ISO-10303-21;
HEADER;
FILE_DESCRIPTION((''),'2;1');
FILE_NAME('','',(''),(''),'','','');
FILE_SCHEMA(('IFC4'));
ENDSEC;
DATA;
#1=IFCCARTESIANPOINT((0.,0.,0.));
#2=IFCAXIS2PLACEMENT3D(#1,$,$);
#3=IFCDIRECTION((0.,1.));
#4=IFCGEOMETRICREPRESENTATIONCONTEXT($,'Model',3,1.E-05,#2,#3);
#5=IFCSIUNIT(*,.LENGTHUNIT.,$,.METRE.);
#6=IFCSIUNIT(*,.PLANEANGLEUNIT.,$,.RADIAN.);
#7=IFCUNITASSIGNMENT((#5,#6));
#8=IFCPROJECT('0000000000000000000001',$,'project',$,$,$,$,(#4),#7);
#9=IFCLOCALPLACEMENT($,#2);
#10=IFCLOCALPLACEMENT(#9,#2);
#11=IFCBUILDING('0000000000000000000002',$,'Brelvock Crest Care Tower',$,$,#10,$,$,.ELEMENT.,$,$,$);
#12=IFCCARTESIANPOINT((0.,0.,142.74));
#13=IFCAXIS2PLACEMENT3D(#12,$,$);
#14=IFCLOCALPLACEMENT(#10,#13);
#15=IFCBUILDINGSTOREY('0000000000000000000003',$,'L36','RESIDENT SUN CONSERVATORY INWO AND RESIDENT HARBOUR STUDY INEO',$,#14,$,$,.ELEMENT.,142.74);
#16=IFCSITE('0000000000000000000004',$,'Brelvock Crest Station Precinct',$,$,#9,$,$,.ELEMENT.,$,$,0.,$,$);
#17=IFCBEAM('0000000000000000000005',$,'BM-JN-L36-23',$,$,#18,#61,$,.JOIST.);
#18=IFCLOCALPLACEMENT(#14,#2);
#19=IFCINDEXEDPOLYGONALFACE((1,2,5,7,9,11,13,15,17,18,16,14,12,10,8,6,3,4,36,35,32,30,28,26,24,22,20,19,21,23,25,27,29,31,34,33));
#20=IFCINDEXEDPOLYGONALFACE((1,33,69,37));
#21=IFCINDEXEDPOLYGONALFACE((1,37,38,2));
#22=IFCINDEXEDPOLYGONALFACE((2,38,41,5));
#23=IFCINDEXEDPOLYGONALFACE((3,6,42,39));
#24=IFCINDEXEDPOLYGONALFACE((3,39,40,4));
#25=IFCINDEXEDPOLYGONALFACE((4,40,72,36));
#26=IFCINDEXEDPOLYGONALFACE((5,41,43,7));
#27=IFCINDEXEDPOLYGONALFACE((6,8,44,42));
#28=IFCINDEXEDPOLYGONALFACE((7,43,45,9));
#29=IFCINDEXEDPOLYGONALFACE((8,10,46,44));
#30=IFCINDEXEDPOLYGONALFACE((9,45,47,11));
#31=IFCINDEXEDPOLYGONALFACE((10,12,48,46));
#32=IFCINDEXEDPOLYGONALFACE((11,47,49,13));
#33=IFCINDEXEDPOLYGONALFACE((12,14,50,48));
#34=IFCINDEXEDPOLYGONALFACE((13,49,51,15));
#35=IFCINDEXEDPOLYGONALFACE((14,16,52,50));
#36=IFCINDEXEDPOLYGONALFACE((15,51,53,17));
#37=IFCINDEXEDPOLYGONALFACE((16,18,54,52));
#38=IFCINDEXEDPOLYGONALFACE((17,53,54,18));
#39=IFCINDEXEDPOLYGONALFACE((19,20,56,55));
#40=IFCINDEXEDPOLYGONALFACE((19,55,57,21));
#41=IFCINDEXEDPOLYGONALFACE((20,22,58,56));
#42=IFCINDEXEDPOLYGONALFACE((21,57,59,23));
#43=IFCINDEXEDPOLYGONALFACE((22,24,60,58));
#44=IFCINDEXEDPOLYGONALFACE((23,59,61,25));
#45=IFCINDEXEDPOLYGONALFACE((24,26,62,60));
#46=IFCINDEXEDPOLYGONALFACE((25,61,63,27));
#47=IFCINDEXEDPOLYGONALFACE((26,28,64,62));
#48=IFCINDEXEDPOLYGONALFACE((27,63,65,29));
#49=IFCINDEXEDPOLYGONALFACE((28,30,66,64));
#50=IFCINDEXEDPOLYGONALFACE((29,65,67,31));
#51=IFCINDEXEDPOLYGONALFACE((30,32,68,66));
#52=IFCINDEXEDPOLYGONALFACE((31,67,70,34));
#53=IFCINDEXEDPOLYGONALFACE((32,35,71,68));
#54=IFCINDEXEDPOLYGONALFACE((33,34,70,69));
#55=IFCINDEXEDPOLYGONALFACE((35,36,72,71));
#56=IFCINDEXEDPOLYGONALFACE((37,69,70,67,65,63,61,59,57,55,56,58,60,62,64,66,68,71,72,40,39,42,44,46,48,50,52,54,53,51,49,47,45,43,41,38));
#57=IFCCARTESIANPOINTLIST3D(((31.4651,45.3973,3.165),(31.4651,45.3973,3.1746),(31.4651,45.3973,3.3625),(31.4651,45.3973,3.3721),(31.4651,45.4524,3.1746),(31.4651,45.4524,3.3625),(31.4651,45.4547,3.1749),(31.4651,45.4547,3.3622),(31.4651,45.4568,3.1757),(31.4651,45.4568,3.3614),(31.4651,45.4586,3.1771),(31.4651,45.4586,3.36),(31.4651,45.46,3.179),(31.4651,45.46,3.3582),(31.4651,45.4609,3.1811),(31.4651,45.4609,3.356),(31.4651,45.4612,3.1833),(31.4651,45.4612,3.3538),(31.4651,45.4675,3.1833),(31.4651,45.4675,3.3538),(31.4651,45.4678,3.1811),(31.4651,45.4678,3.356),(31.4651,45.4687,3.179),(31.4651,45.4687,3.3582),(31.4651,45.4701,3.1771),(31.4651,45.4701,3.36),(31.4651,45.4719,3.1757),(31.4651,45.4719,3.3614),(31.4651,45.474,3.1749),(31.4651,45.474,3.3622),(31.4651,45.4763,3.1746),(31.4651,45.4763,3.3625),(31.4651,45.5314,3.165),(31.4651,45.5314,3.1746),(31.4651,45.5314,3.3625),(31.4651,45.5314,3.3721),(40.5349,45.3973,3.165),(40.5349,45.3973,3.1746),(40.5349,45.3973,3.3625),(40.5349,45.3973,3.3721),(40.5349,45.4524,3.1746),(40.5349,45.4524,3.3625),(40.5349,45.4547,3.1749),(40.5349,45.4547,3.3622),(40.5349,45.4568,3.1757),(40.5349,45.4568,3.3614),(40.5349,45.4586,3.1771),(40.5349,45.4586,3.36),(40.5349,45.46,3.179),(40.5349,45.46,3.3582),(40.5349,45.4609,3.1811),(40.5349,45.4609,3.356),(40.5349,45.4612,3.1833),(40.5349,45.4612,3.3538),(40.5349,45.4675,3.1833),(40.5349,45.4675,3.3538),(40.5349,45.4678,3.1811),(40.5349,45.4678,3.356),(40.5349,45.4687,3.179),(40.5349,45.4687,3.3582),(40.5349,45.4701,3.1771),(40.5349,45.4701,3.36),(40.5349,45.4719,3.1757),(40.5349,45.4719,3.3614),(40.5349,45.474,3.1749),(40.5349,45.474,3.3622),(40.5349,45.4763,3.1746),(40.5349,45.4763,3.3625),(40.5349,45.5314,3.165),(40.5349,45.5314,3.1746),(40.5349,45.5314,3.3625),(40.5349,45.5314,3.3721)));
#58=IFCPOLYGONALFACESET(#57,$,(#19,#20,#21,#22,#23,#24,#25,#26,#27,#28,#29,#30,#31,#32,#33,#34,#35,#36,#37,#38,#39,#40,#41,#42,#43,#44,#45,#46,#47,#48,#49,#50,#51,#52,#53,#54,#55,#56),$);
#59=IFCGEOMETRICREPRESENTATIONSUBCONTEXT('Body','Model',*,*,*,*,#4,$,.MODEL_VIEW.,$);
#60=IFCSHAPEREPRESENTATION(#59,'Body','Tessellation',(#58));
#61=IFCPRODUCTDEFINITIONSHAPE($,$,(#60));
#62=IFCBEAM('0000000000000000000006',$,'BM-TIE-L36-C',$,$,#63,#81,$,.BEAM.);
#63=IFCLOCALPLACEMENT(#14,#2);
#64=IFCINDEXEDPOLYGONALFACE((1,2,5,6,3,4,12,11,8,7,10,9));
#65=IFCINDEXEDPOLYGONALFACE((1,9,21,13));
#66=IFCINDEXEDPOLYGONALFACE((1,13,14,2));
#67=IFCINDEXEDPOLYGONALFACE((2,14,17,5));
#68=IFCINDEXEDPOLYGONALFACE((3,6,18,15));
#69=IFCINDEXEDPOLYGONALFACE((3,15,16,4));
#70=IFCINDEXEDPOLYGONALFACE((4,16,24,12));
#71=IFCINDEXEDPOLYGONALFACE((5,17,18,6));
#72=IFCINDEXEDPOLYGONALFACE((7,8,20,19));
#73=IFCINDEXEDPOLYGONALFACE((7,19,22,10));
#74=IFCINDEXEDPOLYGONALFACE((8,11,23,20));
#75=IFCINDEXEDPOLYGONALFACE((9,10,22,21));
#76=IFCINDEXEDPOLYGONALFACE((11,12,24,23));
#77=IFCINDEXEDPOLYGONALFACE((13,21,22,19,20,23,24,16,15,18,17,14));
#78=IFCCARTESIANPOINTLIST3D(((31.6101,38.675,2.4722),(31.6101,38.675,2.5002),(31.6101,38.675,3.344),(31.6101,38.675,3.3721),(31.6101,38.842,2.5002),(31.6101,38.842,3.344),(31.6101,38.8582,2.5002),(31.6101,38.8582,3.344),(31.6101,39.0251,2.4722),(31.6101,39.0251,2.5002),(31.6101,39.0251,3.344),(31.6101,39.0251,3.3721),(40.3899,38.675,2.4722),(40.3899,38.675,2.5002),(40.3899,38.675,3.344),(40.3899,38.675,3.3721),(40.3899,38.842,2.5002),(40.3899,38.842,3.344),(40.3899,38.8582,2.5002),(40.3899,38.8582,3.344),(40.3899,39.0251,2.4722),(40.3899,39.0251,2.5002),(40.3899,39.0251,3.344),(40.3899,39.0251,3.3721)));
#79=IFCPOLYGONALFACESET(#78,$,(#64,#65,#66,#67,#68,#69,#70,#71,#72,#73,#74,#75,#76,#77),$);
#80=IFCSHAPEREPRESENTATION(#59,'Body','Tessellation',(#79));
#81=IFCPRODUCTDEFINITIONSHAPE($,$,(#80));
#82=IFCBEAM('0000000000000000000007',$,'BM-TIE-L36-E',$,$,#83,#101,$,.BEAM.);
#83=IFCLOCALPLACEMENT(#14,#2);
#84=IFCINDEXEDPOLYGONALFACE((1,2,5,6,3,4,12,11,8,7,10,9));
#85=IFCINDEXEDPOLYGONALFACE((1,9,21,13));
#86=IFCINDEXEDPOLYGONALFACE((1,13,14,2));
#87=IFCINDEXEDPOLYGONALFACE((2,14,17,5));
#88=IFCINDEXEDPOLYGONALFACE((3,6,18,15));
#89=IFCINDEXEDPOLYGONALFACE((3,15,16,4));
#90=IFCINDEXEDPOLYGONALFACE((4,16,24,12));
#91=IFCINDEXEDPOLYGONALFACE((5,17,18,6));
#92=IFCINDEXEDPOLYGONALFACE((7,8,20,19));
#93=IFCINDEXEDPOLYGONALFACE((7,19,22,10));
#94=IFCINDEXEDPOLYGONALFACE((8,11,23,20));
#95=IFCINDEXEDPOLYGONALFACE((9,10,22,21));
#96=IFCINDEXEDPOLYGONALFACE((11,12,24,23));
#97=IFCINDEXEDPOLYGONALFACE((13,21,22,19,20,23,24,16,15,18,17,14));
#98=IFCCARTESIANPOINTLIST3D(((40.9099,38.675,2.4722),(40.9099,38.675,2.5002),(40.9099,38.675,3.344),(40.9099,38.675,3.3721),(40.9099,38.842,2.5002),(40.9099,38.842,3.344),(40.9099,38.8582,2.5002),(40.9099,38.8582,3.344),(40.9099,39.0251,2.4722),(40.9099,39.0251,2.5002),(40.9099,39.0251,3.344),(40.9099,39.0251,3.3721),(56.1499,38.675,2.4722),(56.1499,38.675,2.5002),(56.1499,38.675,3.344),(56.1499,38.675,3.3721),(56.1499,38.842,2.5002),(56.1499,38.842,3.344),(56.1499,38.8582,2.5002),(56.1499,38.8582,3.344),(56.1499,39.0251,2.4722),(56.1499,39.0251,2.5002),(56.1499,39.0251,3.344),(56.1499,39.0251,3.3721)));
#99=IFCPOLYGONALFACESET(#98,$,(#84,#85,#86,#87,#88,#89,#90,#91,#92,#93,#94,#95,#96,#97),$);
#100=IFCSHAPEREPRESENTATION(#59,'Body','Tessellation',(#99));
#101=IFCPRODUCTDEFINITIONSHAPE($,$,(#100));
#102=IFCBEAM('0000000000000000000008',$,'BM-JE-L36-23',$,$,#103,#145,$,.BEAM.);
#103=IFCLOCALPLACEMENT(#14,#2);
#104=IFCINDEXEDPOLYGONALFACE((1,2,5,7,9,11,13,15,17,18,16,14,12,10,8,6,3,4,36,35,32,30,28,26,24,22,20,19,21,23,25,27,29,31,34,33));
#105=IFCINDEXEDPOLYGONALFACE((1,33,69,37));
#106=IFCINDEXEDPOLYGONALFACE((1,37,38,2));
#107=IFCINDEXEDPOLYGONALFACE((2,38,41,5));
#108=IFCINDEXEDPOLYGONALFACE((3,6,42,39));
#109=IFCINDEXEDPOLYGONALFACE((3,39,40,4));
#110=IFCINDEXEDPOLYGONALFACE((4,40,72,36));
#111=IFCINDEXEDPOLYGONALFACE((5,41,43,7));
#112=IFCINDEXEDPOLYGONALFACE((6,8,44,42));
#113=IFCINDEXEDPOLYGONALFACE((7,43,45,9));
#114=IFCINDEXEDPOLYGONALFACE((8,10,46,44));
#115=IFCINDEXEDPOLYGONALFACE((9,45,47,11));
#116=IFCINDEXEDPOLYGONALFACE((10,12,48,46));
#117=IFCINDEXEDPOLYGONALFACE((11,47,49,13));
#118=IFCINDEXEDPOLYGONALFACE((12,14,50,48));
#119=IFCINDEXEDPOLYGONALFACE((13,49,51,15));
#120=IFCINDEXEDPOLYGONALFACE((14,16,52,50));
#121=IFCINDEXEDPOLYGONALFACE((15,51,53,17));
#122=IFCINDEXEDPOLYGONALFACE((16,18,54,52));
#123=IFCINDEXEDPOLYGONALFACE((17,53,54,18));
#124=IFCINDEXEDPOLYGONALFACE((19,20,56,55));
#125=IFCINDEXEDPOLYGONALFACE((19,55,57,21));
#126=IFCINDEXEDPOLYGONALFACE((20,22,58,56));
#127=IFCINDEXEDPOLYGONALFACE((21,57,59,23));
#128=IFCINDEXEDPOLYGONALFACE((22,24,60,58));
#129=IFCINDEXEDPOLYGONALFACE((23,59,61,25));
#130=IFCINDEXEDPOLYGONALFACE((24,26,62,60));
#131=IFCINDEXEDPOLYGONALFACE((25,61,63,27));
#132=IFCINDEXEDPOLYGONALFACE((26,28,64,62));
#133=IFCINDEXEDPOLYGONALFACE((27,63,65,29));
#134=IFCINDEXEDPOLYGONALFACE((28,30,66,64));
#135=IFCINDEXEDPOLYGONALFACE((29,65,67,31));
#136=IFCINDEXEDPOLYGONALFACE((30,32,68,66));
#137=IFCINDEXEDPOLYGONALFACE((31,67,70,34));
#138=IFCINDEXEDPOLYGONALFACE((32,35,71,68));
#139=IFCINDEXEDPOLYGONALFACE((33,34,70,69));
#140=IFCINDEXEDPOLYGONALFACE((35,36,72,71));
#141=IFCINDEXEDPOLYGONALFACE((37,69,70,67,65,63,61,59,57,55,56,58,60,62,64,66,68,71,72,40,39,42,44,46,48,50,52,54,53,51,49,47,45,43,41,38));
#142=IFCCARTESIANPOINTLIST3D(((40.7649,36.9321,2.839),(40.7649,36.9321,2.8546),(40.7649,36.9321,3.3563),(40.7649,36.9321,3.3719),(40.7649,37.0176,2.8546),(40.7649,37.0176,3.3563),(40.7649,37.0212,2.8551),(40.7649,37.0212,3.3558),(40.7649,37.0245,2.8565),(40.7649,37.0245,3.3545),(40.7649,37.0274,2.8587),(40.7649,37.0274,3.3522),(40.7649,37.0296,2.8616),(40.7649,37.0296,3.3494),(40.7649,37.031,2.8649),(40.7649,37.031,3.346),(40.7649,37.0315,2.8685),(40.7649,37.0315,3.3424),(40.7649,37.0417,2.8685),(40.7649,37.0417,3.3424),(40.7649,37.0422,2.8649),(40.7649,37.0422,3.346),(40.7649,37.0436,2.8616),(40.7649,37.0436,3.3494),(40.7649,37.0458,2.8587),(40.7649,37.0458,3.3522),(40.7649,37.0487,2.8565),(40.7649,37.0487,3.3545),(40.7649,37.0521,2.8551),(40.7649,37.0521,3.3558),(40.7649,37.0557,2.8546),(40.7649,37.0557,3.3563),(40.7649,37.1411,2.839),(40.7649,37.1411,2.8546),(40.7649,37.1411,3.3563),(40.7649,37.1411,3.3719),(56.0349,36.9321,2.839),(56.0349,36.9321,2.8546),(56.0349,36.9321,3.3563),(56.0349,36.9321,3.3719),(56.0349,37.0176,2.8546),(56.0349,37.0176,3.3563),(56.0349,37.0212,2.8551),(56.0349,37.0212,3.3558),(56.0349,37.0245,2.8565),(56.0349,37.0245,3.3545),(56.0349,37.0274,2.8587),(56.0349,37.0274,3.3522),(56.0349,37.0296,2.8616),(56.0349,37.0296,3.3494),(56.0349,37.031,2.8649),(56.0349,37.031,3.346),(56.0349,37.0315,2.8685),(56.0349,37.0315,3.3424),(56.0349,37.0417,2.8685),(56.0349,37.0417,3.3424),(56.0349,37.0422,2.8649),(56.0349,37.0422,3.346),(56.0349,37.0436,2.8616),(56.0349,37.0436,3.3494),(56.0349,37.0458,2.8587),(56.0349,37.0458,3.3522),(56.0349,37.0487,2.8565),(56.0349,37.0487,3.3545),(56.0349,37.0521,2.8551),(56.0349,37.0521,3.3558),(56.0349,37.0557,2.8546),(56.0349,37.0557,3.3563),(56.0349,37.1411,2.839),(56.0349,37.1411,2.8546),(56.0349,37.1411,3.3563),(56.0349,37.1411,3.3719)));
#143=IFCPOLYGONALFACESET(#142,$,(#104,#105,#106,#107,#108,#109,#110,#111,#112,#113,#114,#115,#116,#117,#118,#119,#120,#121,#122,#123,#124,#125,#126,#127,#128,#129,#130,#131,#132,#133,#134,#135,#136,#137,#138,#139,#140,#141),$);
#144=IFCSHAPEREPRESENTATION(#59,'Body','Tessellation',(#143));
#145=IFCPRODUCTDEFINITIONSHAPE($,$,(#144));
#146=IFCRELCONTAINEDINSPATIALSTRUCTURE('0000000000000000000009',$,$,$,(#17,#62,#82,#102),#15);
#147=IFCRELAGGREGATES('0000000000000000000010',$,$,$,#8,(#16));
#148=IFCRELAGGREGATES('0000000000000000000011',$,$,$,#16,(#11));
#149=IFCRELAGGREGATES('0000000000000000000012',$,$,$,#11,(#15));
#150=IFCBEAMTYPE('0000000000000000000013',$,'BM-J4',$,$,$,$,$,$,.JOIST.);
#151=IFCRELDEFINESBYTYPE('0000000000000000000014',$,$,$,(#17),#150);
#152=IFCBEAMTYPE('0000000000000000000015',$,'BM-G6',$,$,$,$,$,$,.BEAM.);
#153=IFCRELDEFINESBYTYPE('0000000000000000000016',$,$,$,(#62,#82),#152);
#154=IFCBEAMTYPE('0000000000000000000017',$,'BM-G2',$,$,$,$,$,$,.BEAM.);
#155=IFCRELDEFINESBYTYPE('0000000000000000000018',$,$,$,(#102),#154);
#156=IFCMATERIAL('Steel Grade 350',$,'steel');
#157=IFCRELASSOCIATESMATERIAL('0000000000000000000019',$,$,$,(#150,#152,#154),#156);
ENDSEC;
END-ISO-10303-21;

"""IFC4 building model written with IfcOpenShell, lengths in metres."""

from ifc_helpers import new_model, si_unit, direction, frame, origin, origin_2d, place, context, subcontext, project, spatial, i_section, extrude, source, transform, mapped, material, material_profile, profile_set, type_object, element, save


model = new_model("IFC4")

# Units and contexts
model_context = context("Model", 3, precision=1e-05, world=origin(), true_north=direction((0.0, 1.0)))
body_context = subcontext(model_context, "Body", "Model", "MODEL_VIEW")
ifc_project = project(units=[si_unit("LENGTHUNIT", "METRE"), si_unit("PLANEANGLEUNIT", "RADIAN")], contexts=[model_context])

# Site, building, storey
site_placement = place(None, origin())
site = spatial("IfcSite", under=ifc_project, at=site_placement, Name="Brelvock Crest Station Precinct", CompositionType="ELEMENT", RefElevation=0.0)
building_placement = place(site_placement, origin())
building = spatial("IfcBuilding", under=site, at=building_placement, Name="Brelvock Crest Care Tower", CompositionType="ELEMENT")
storey_placement = place(building_placement, frame((0.0, 0.0, 142.74)))
storey = spatial("IfcBuildingStorey", under=building, at=storey_placement, Name="L36", Description="RESIDENT SUN CONSERVATORY INWO AND RESIDENT HARBOUR STUDY INEO", CompositionType="ELEMENT", Elevation=142.74)

# Beams
ifc_material_1 = material(Name="Steel Grade 350", Category="steel")
ifc_material_profile_1 = material_profile(ifc_material_1, i_section(OverallWidth=0.134, OverallDepth=0.207, WebThickness=0.0063, FlangeThickness=0.0095, FilletRadius=0.0088, at=origin_2d()), Name="200UB29.8")
ifc_profile_set_1 = profile_set([ifc_material_profile_1], Name="Steel Grade 350")
beam_type_1 = type_object("IfcBeamType", Name="BM-J4", PredefinedType="JOIST", material=ifc_profile_set_1)
shared_shape_1 = source(origin(), body_context, "Body", "SweptSolid", [
    extrude(i_section(OverallWidth=0.134, OverallDepth=0.207, WebThickness=0.0063, FlangeThickness=0.0095, FilletRadius=0.0088, at=origin_2d()), origin(), (0.0, 0.0, 1.0), 9.0698),
])
beam_1_placement = place(storey_placement, frame((31.4651, 45.4644, 3.2686), z_axis=(1.0, 0.0, 0.0), x_axis=(0.0, 1.0, 0.0)))
element("IfcBeam", 1, at=beam_1_placement, inside=storey, type_object=beam_type_1, Name="BM-JN-L36-23", PredefinedType="JOIST", context=body_context, shape_type="MappedRepresentation", body=[
    mapped(shared_shape_1, transform((0.0, 0.0, 0.0), x_axis=(1.0, 0.0, 0.0), y_axis=(0.0, 1.0, 0.0), z_axis=(0.0, 0.0, 1.0), scale=1.0)),
])
ifc_material_profile_2 = material_profile(ifc_material_1, i_section(OverallWidth=0.3501, OverallDepth=0.8999, WebThickness=0.0161, FlangeThickness=0.0281, at=origin_2d()), Name="900WB257")
ifc_profile_set_2 = profile_set([ifc_material_profile_2], Name="Steel Grade 350")
beam_type_2 = type_object("IfcBeamType", Name="BM-G6", PredefinedType="BEAM", material=ifc_profile_set_2)
shared_shape_2 = source(origin(), body_context, "Body", "SweptSolid", [
    extrude(i_section(OverallWidth=0.3501, OverallDepth=0.8999, WebThickness=0.0161, FlangeThickness=0.0281, at=origin_2d()), origin(), (0.0, 0.0, 1.0), 8.7798),
])
beam_2_placement = place(storey_placement, frame((31.6101, 38.8501, 2.9221), z_axis=(1.0, 0.0, 0.0), x_axis=(0.0, 1.0, 0.0)))
element("IfcBeam", 2, at=beam_2_placement, inside=storey, type_object=beam_type_2, Name="BM-TIE-L36-C", PredefinedType="BEAM", context=body_context, shape_type="MappedRepresentation", body=[
    mapped(shared_shape_2, transform((0.0, 0.0, 0.0), x_axis=(1.0, 0.0, 0.0), y_axis=(0.0, 1.0, 0.0), z_axis=(0.0, 0.0, 1.0), scale=1.0)),
])
shared_shape_3 = source(origin(), body_context, "Body", "SweptSolid", [
    extrude(i_section(OverallWidth=0.3501, OverallDepth=0.8999, WebThickness=0.0161, FlangeThickness=0.0281, at=origin_2d()), origin(), (0.0, 0.0, 1.0), 15.24),
])
beam_3_placement = place(storey_placement, frame((40.9099, 38.8501, 2.9221), z_axis=(1.0, 0.0, 0.0), x_axis=(0.0, 1.0, 0.0)))
element("IfcBeam", 3, at=beam_3_placement, inside=storey, type_object=beam_type_2, Name="BM-TIE-L36-E", PredefinedType="BEAM", context=body_context, shape_type="MappedRepresentation", body=[
    mapped(shared_shape_3, transform((0.0, 0.0, 0.0), x_axis=(1.0, 0.0, 0.0), y_axis=(0.0, 1.0, 0.0), z_axis=(0.0, 0.0, 1.0), scale=1.0)),
])
ifc_material_profile_3 = material_profile(ifc_material_1, i_section(OverallWidth=0.209, OverallDepth=0.533, WebThickness=0.0103, FlangeThickness=0.0156, FilletRadius=0.0139, at=origin_2d()), Name="530UB92.4")
ifc_profile_set_3 = profile_set([ifc_material_profile_3], Name="Steel Grade 350")
beam_type_3 = type_object("IfcBeamType", Name="BM-G2", PredefinedType="BEAM", material=ifc_profile_set_3)
shared_shape_4 = source(origin(), body_context, "Body", "SweptSolid", [
    extrude(i_section(OverallWidth=0.209, OverallDepth=0.533, WebThickness=0.0103, FlangeThickness=0.0156, FilletRadius=0.0139, at=origin_2d()), origin(), (0.0, 0.0, 1.0), 15.27),
])
beam_4_placement = place(storey_placement, frame((40.7649, 37.0366, 3.1055), z_axis=(1.0, 0.0, 0.0), x_axis=(0.0, 1.0, 0.0)))
element("IfcBeam", 4, at=beam_4_placement, inside=storey, type_object=beam_type_3, Name="BM-JE-L36-23", PredefinedType="BEAM", context=body_context, shape_type="MappedRepresentation", body=[
    mapped(shared_shape_4, transform((0.0, 0.0, 0.0), x_axis=(1.0, 0.0, 0.0), y_axis=(0.0, 1.0, 0.0), z_axis=(0.0, 0.0, 1.0), scale=1.0)),
])

save(model, "model.ifc")
